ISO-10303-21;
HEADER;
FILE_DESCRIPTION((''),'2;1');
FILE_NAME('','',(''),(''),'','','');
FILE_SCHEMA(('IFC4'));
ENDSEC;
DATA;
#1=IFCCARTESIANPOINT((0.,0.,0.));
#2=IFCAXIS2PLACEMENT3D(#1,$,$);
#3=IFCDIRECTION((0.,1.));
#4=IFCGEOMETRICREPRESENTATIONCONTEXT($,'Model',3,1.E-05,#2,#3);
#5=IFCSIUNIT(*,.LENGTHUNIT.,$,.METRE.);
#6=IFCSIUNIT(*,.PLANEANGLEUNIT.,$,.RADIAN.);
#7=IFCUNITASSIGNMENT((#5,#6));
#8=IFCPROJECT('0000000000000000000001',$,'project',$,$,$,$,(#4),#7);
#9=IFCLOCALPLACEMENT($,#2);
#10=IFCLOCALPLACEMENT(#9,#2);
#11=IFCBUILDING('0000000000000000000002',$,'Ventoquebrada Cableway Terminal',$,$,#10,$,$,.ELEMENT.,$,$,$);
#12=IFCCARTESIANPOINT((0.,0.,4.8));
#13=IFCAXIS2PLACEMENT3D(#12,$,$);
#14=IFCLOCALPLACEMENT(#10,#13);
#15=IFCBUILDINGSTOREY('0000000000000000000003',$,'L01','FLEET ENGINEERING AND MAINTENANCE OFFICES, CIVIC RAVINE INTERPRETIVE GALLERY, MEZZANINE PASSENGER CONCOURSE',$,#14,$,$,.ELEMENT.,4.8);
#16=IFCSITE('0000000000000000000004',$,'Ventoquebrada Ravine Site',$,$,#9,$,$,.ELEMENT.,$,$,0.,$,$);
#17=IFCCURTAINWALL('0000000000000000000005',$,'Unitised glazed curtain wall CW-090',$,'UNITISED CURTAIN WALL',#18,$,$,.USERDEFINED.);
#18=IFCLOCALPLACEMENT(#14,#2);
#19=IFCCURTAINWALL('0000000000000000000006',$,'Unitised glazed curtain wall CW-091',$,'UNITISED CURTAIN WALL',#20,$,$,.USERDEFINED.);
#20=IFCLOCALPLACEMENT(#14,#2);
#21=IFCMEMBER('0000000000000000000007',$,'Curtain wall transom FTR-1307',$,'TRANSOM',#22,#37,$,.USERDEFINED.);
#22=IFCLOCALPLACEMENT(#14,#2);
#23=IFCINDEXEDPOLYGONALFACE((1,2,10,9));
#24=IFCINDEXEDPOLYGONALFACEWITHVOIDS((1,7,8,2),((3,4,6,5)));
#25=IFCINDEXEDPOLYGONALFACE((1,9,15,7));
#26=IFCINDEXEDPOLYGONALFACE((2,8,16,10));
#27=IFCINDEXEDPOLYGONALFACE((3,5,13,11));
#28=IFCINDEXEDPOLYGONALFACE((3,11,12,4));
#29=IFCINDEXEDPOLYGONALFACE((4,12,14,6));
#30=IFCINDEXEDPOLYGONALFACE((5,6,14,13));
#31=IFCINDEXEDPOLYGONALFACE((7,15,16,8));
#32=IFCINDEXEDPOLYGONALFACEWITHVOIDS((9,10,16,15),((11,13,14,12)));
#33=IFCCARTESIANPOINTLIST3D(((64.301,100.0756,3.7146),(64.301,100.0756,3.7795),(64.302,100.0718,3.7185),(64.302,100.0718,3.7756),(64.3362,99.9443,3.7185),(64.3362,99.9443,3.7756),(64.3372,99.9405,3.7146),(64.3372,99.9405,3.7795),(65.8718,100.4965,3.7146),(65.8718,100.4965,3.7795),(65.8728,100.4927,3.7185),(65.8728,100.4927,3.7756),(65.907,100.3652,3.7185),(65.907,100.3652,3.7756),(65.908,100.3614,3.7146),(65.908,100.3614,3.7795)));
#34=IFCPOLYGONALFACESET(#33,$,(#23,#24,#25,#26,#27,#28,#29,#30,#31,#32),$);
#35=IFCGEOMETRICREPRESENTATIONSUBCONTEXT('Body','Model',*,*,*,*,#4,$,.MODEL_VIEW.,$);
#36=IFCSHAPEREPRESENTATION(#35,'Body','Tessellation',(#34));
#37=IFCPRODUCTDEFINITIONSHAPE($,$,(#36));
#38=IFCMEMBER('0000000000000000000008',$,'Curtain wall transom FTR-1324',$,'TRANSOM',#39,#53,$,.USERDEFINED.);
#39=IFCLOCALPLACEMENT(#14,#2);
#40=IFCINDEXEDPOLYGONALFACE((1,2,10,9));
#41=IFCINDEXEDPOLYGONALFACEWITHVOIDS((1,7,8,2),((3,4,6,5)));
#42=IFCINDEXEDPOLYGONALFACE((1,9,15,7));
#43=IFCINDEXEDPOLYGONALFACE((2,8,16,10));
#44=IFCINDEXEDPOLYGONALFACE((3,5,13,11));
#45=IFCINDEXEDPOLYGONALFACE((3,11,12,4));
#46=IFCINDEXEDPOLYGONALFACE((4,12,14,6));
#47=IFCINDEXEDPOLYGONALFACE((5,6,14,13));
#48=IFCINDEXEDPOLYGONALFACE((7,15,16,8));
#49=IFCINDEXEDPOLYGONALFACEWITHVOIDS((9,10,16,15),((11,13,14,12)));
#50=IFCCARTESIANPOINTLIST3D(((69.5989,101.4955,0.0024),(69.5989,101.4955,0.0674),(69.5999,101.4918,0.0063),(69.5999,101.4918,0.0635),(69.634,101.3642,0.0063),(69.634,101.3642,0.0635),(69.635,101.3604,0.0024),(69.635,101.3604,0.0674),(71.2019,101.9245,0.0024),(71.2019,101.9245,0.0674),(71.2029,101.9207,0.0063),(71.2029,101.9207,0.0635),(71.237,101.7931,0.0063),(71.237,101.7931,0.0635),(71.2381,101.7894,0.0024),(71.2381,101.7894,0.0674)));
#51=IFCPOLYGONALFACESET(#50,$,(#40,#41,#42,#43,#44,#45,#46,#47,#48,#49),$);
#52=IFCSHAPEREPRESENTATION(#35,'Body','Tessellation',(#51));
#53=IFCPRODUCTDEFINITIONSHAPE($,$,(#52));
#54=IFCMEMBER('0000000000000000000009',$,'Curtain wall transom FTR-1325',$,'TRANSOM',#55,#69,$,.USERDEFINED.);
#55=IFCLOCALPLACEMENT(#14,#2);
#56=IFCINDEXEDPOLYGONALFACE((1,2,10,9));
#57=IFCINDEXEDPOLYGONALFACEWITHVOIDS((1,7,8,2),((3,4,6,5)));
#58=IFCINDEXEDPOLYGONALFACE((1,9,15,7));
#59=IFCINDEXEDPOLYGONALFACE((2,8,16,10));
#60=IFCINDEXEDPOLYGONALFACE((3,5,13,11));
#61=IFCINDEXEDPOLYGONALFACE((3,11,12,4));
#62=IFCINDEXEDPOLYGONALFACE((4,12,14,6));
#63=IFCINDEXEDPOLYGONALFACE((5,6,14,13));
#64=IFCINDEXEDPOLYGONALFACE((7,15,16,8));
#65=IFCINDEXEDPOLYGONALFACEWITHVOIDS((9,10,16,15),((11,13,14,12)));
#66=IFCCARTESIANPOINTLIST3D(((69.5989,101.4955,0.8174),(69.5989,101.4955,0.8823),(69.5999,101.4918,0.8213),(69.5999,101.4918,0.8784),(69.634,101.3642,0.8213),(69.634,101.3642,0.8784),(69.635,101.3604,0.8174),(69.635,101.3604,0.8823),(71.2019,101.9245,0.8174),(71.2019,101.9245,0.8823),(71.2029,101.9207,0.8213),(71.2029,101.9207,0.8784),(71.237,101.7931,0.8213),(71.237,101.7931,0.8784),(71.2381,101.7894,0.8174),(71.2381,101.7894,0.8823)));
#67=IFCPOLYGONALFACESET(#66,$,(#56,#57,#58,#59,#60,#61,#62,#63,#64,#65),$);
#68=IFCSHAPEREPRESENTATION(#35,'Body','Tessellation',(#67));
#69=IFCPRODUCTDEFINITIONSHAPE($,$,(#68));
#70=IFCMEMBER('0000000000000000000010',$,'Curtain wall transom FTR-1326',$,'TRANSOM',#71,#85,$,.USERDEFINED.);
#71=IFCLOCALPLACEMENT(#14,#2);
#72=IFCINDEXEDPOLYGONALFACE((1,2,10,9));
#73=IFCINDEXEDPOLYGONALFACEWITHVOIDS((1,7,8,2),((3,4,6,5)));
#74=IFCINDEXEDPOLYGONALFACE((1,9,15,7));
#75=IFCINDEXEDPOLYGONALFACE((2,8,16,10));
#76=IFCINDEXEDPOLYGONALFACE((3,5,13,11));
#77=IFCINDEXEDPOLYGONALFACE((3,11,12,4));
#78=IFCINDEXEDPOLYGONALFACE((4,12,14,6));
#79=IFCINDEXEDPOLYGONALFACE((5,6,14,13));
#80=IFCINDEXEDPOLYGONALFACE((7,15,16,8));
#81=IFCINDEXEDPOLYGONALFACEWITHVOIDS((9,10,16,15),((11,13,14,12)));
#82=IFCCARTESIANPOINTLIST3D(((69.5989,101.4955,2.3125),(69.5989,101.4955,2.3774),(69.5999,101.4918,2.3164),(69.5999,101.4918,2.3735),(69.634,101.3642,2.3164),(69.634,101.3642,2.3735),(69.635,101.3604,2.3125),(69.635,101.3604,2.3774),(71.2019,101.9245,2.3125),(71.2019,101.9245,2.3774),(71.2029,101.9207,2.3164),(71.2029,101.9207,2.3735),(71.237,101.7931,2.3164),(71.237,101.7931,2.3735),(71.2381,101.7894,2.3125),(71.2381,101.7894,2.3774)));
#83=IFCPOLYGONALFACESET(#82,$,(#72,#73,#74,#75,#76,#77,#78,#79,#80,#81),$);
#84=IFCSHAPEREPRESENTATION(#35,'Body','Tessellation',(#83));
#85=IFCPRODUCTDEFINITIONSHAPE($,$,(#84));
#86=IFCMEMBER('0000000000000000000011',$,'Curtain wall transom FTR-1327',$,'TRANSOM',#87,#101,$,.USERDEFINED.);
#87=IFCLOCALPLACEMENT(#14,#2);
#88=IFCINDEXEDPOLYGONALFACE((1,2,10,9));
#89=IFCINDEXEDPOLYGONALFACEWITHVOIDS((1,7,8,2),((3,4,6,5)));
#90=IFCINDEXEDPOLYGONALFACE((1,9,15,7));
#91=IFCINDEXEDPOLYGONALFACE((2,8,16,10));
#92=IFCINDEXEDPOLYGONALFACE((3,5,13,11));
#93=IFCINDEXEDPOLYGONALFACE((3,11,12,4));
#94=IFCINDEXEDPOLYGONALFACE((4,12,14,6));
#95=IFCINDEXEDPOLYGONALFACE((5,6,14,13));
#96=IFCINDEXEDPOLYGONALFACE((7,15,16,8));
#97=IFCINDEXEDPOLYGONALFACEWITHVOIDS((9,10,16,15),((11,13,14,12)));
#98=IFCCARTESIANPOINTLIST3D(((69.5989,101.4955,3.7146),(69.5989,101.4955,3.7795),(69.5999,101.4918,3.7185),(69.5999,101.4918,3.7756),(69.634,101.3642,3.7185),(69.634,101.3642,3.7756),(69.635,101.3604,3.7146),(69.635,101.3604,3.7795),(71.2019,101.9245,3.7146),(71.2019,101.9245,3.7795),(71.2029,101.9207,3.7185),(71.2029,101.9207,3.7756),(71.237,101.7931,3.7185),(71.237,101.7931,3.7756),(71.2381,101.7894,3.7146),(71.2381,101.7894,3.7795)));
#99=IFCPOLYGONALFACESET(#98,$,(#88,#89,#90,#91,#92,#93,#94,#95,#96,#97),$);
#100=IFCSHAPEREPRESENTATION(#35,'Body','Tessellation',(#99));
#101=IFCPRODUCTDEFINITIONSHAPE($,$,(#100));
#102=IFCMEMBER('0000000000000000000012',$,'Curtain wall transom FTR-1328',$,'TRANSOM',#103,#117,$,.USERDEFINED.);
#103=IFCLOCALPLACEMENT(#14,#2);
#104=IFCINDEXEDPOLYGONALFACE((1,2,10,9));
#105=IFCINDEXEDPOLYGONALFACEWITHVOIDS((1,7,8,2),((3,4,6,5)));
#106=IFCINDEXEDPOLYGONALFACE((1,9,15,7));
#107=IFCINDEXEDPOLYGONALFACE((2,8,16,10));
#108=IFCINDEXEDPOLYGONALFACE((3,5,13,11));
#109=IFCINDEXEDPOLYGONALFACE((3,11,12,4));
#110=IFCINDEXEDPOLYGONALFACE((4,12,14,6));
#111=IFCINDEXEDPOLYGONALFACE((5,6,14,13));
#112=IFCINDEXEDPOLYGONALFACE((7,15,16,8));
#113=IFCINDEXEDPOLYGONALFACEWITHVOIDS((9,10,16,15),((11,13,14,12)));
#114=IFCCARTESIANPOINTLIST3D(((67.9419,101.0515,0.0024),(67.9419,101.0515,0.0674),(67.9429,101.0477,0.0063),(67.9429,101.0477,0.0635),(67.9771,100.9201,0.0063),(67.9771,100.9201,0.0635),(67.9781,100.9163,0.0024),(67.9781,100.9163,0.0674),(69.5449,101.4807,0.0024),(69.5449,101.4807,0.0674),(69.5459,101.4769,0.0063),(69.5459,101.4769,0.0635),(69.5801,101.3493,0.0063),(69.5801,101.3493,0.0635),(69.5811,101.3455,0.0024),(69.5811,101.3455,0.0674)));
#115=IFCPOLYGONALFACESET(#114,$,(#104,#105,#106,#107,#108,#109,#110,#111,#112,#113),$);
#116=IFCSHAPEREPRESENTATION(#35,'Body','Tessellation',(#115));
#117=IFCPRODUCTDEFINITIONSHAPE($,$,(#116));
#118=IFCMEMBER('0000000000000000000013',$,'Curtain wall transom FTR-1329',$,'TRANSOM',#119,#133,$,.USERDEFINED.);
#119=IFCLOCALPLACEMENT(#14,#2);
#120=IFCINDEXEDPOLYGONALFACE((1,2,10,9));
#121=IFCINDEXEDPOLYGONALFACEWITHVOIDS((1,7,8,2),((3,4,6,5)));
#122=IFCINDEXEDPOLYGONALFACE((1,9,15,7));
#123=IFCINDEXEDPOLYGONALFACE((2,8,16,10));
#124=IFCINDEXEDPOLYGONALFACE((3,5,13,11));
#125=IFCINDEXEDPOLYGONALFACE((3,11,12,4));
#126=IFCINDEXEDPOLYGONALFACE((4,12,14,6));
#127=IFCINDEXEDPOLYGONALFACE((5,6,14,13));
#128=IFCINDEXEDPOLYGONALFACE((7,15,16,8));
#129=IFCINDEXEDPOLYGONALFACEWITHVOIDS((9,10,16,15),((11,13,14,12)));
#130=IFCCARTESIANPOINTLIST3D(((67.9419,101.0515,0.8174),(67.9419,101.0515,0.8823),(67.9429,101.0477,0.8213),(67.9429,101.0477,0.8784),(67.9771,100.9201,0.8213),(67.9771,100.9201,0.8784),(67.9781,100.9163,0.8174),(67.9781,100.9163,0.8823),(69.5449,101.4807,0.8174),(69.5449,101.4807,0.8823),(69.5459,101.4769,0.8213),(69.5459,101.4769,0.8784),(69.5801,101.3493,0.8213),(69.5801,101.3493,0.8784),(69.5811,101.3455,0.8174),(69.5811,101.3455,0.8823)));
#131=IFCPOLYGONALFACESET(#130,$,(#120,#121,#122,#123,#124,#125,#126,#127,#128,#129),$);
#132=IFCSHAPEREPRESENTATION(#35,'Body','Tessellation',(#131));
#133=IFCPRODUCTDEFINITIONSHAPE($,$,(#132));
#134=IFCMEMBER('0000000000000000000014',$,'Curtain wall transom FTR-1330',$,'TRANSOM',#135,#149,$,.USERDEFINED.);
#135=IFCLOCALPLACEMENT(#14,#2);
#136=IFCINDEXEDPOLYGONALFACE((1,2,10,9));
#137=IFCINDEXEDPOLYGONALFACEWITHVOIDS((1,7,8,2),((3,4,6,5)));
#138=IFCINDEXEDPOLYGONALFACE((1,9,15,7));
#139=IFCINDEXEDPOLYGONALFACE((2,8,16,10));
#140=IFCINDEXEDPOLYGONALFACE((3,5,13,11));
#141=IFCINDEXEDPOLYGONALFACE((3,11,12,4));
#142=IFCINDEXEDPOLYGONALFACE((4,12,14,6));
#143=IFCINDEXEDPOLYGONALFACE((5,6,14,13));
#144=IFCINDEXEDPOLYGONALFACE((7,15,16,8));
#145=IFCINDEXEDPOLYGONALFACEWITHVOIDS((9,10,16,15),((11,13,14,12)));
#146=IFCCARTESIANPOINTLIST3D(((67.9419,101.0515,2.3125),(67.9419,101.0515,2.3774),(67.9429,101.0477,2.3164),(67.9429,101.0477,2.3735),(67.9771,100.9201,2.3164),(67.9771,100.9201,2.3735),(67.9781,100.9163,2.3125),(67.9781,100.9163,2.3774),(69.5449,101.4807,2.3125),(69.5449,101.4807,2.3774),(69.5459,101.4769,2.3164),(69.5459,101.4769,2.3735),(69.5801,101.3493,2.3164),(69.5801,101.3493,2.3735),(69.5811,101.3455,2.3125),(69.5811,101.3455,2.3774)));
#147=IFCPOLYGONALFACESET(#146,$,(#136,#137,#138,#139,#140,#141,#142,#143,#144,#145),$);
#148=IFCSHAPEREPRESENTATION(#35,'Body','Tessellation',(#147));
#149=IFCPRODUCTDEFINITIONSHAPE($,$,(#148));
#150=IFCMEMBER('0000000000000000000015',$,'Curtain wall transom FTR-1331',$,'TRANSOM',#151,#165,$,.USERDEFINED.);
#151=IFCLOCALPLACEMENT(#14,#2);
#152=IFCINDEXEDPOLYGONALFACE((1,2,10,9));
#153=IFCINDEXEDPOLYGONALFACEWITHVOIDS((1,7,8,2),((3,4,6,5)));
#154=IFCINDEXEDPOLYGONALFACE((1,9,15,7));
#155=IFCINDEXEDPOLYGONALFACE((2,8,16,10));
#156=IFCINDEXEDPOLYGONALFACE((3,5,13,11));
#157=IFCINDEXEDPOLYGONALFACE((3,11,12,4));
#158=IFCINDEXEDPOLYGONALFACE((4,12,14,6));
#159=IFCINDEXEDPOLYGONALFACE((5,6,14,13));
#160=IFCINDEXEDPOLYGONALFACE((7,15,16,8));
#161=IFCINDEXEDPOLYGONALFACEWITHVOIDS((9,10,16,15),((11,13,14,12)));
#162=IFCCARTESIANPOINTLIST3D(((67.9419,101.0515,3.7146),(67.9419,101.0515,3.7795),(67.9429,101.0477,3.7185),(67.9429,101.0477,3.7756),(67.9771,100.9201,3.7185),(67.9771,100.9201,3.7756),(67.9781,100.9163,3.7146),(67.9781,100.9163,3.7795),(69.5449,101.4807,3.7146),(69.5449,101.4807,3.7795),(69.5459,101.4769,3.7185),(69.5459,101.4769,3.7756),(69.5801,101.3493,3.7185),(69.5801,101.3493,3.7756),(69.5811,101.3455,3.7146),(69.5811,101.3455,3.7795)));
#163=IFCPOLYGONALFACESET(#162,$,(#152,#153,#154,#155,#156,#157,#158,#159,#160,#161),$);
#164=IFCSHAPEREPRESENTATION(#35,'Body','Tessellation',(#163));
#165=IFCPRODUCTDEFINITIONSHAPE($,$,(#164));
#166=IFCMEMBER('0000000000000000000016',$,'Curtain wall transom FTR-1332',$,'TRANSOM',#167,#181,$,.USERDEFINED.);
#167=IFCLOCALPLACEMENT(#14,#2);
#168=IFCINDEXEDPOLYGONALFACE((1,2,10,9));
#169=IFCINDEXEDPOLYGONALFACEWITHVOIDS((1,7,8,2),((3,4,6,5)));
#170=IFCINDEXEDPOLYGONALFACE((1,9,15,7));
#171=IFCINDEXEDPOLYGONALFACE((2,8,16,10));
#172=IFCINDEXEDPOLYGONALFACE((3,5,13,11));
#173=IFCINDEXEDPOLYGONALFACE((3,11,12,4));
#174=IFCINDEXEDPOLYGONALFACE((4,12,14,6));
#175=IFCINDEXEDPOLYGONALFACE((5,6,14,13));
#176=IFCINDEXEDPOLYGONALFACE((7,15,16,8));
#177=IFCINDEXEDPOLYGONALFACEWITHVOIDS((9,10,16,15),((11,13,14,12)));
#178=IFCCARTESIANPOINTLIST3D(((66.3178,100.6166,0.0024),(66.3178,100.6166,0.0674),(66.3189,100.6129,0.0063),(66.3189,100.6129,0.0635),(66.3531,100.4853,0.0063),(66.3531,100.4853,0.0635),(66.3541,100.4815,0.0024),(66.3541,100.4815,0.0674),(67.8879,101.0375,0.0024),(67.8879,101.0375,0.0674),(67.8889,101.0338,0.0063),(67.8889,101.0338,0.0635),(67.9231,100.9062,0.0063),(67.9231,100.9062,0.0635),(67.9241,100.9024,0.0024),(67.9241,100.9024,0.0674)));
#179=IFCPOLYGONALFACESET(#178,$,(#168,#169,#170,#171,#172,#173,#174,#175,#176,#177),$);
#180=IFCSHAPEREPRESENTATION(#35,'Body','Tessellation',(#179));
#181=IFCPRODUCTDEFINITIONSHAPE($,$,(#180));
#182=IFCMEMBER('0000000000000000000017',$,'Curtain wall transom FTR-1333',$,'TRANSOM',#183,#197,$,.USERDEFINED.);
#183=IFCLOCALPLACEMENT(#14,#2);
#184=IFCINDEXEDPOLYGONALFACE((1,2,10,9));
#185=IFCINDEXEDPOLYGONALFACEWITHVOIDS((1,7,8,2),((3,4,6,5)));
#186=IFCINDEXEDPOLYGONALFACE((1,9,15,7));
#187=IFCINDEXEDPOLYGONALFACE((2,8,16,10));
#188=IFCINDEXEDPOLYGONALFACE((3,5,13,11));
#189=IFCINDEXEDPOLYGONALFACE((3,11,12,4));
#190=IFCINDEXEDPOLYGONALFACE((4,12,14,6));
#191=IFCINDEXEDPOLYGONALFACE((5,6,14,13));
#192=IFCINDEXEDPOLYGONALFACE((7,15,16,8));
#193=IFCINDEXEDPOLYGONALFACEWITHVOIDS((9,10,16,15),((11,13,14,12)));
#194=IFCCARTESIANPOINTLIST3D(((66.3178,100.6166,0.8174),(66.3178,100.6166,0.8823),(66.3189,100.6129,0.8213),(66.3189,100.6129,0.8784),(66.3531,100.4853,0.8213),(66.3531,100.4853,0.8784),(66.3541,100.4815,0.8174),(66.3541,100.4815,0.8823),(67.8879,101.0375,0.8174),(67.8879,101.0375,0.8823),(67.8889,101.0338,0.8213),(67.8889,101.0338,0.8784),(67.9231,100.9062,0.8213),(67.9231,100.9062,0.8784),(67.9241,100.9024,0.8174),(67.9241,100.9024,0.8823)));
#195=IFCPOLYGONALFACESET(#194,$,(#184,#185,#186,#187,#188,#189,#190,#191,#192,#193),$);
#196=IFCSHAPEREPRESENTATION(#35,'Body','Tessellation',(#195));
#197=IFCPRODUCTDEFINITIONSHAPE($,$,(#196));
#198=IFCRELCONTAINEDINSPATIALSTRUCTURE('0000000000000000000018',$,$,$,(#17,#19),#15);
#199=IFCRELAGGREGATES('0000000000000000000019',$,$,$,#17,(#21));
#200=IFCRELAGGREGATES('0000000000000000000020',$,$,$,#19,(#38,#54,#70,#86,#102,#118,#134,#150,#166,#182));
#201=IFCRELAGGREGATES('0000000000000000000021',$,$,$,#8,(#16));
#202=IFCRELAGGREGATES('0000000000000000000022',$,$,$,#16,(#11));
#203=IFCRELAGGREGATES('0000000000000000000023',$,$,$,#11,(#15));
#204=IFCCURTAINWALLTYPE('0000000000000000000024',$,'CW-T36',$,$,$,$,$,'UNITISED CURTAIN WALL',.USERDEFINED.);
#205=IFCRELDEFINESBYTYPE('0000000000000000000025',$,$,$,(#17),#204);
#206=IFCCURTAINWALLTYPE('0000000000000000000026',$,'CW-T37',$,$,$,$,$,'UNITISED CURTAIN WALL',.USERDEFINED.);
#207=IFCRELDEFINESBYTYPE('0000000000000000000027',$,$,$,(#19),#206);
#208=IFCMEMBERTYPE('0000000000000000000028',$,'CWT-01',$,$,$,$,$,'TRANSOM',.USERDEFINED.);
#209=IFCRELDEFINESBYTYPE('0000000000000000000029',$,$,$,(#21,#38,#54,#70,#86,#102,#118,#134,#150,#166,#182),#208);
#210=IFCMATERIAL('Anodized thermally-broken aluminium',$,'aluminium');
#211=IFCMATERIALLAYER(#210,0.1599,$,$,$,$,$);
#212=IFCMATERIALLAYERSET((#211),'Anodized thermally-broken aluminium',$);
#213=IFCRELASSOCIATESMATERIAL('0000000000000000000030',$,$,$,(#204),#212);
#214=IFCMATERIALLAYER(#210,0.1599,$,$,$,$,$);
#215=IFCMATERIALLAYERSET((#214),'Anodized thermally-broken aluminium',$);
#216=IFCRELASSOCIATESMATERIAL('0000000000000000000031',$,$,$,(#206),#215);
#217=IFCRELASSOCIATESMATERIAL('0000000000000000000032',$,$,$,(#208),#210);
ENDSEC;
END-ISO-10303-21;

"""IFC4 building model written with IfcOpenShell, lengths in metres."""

from ifc_helpers import new_model, si_unit, direction, frame, origin, origin_2d, place, context, subcontext, project, spatial, hollow_rectangle, extrude, material, layer, layer_set, material_profile, profile_set, type_object, element, aggregate, save


model = new_model("IFC4")

# Units and contexts
model_context = context("Model", 3, precision=1e-05, world=origin(), true_north=direction((0.0, 1.0)))
body_context = subcontext(model_context, "Body", "Model", "MODEL_VIEW")
ifc_project = project(units=[si_unit("LENGTHUNIT", "METRE"), si_unit("PLANEANGLEUNIT", "RADIAN")], contexts=[model_context])

# Site, building, storey
site_placement = place(None, origin())
site = spatial("IfcSite", under=ifc_project, at=site_placement, Name="Ventoquebrada Ravine Site", CompositionType="ELEMENT", RefElevation=0.0)
building_placement = place(site_placement, origin())
building = spatial("IfcBuilding", under=site, at=building_placement, Name="Ventoquebrada Cableway Terminal", CompositionType="ELEMENT")
storey_placement = place(building_placement, frame((0.0, 0.0, 4.8)))
storey = spatial("IfcBuildingStorey", under=building, at=storey_placement, Name="L01", Description="FLEET ENGINEERING AND MAINTENANCE OFFICES, CIVIC RAVINE INTERPRETIVE GALLERY, MEZZANINE PASSENGER CONCOURSE", CompositionType="ELEMENT", Elevation=4.8)

# Curtain wall
ifc_material_1 = material(Name="Anodized thermally-broken aluminium", Category="aluminium")
ifc_layer_1 = layer(ifc_material_1, 0.1599)
ifc_layer_set_1 = layer_set([ifc_layer_1], Name="Anodized thermally-broken aluminium")
curtain_wall_type_1 = type_object("IfcCurtainWallType", Name="CW-T36", ElementType="UNITISED CURTAIN WALL", PredefinedType="USERDEFINED", material=ifc_layer_set_1)
curtain_wall_1_placement = place(storey_placement, origin())
curtain_wall_1 = element("IfcCurtainWall", 1, at=curtain_wall_1_placement, inside=storey, type_object=curtain_wall_type_1, Name="Unitised glazed curtain wall CW-090", ObjectType="UNITISED CURTAIN WALL", PredefinedType="USERDEFINED")

# Curtain wall
ifc_layer_2 = layer(ifc_material_1, 0.1599)
ifc_layer_set_2 = layer_set([ifc_layer_2], Name="Anodized thermally-broken aluminium")
curtain_wall_type_2 = type_object("IfcCurtainWallType", Name="CW-T37", ElementType="UNITISED CURTAIN WALL", PredefinedType="USERDEFINED", material=ifc_layer_set_2)
curtain_wall_2_placement = place(storey_placement, origin())
curtain_wall_2 = element("IfcCurtainWall", 2, at=curtain_wall_2_placement, inside=storey, type_object=curtain_wall_type_2, Name="Unitised glazed curtain wall CW-091", ObjectType="UNITISED CURTAIN WALL", PredefinedType="USERDEFINED")

# Members
ifc_material_profile_1 = material_profile(ifc_material_1, hollow_rectangle(XDim=0.0649, YDim=0.1399, WallThickness=0.0039, at=origin_2d()), Name="CW-TRN-65X140")
ifc_profile_set_1 = profile_set([ifc_material_profile_1], Name="Anodized thermally-broken aluminium")
member_type_1 = type_object("IfcMemberType", Name="CWT-01", ElementType="TRANSOM", PredefinedType="USERDEFINED", material=ifc_profile_set_1)
member_1_placement = place(storey_placement, frame((65.8899, 100.429, 3.7471), z_axis=(-0.965925, -0.258821, 0.0), x_axis=(0.0, 0.0, 1.0)))
member_1 = element("IfcMember", 3, at=member_1_placement, type_object=member_type_1, Name="Curtain wall transom FTR-1307", ObjectType="TRANSOM", PredefinedType="USERDEFINED", context=body_context, shape_type="SweptSolid", body=[
    extrude(hollow_rectangle(XDim=0.0649, YDim=0.1399, WallThickness=0.0039, at=origin_2d()), origin(), (0.0, 0.0, 1.0), 1.6262),
])
member_2_placement = place(storey_placement, frame((71.22, 101.8569, 0.0349), z_axis=(-0.966012, -0.258496, 0.0), x_axis=(0.0, 0.0, 1.0)))
member_2 = element("IfcMember", 4, at=member_2_placement, type_object=member_type_1, Name="Curtain wall transom FTR-1324", ObjectType="TRANSOM", PredefinedType="USERDEFINED", context=body_context, shape_type="SweptSolid", body=[
    extrude(hollow_rectangle(XDim=0.0649, YDim=0.1399, WallThickness=0.0039, at=origin_2d()), origin(), (0.0, 0.0, 1.0), 1.6594),
])
member_3_placement = place(storey_placement, frame((71.22, 101.8569, 0.8499), z_axis=(-0.966012, -0.258496, 0.0), x_axis=(0.0, 0.0, 1.0)))
member_3 = element("IfcMember", 5, at=member_3_placement, type_object=member_type_1, Name="Curtain wall transom FTR-1325", ObjectType="TRANSOM", PredefinedType="USERDEFINED", context=body_context, shape_type="SweptSolid", body=[
    extrude(hollow_rectangle(XDim=0.0649, YDim=0.1399, WallThickness=0.0039, at=origin_2d()), origin(), (0.0, 0.0, 1.0), 1.6594),
])
member_4_placement = place(storey_placement, frame((71.22, 101.8569, 2.345), z_axis=(-0.966012, -0.258496, 0.0), x_axis=(0.0, 0.0, 1.0)))
member_4 = element("IfcMember", 6, at=member_4_placement, type_object=member_type_1, Name="Curtain wall transom FTR-1326", ObjectType="TRANSOM", PredefinedType="USERDEFINED", context=body_context, shape_type="SweptSolid", body=[
    extrude(hollow_rectangle(XDim=0.0649, YDim=0.1399, WallThickness=0.0039, at=origin_2d()), origin(), (0.0, 0.0, 1.0), 1.6594),
])
member_5_placement = place(storey_placement, frame((71.22, 101.8569, 3.7471), z_axis=(-0.966012, -0.258496, 0.0), x_axis=(0.0, 0.0, 1.0)))
member_5 = element("IfcMember", 7, at=member_5_placement, type_object=member_type_1, Name="Curtain wall transom FTR-1327", ObjectType="TRANSOM", PredefinedType="USERDEFINED", context=body_context, shape_type="SweptSolid", body=[
    extrude(hollow_rectangle(XDim=0.0649, YDim=0.1399, WallThickness=0.0039, at=origin_2d()), origin(), (0.0, 0.0, 1.0), 1.6594),
])
member_6_placement = place(storey_placement, frame((69.563, 101.4131, 0.0349), z_axis=(-0.965976, -0.258633, 0.0), x_axis=(0.0, 0.0, 1.0)))
member_6 = element("IfcMember", 8, at=member_6_placement, type_object=member_type_1, Name="Curtain wall transom FTR-1328", ObjectType="TRANSOM", PredefinedType="USERDEFINED", context=body_context, shape_type="SweptSolid", body=[
    extrude(hollow_rectangle(XDim=0.0649, YDim=0.1399, WallThickness=0.0039, at=origin_2d()), origin(), (0.0, 0.0, 1.0), 1.6594),
])
member_7_placement = place(storey_placement, frame((69.563, 101.4131, 0.8499), z_axis=(-0.965976, -0.258633, 0.0), x_axis=(0.0, 0.0, 1.0)))
member_7 = element("IfcMember", 9, at=member_7_placement, type_object=member_type_1, Name="Curtain wall transom FTR-1329", ObjectType="TRANSOM", PredefinedType="USERDEFINED", context=body_context, shape_type="SweptSolid", body=[
    extrude(hollow_rectangle(XDim=0.0649, YDim=0.1399, WallThickness=0.0039, at=origin_2d()), origin(), (0.0, 0.0, 1.0), 1.6594),
])
member_8_placement = place(storey_placement, frame((69.563, 101.4131, 2.345), z_axis=(-0.965976, -0.258633, 0.0), x_axis=(0.0, 0.0, 1.0)))
member_8 = element("IfcMember", 10, at=member_8_placement, type_object=member_type_1, Name="Curtain wall transom FTR-1330", ObjectType="TRANSOM", PredefinedType="USERDEFINED", context=body_context, shape_type="SweptSolid", body=[
    extrude(hollow_rectangle(XDim=0.0649, YDim=0.1399, WallThickness=0.0039, at=origin_2d()), origin(), (0.0, 0.0, 1.0), 1.6594),
])
member_9_placement = place(storey_placement, frame((69.563, 101.4131, 3.7471), z_axis=(-0.965976, -0.258633, 0.0), x_axis=(0.0, 0.0, 1.0)))
member_9 = element("IfcMember", 11, at=member_9_placement, type_object=member_type_1, Name="Curtain wall transom FTR-1331", ObjectType="TRANSOM", PredefinedType="USERDEFINED", context=body_context, shape_type="SweptSolid", body=[
    extrude(hollow_rectangle(XDim=0.0649, YDim=0.1399, WallThickness=0.0039, at=origin_2d()), origin(), (0.0, 0.0, 1.0), 1.6594),
])
member_10_placement = place(storey_placement, frame((67.906, 100.97, 0.0349), z_axis=(-0.965895, -0.258934, 0.0), x_axis=(0.0, 0.0, 1.0)))
member_10 = element("IfcMember", 12, at=member_10_placement, type_object=member_type_1, Name="Curtain wall transom FTR-1332", ObjectType="TRANSOM", PredefinedType="USERDEFINED", context=body_context, shape_type="SweptSolid", body=[
    extrude(hollow_rectangle(XDim=0.0649, YDim=0.1399, WallThickness=0.0039, at=origin_2d()), origin(), (0.0, 0.0, 1.0), 1.6255),
])
member_11_placement = place(storey_placement, frame((67.906, 100.97, 0.8499), z_axis=(-0.965895, -0.258934, 0.0), x_axis=(0.0, 0.0, 1.0)))
member_11 = element("IfcMember", 13, at=member_11_placement, type_object=member_type_1, Name="Curtain wall transom FTR-1333", ObjectType="TRANSOM", PredefinedType="USERDEFINED", context=body_context, shape_type="SweptSolid", body=[
    extrude(hollow_rectangle(XDim=0.0649, YDim=0.1399, WallThickness=0.0039, at=origin_2d()), origin(), (0.0, 0.0, 1.0), 1.6255),
])

aggregate(curtain_wall_1, [member_1])
aggregate(curtain_wall_2, [member_2, member_3, member_4, member_5, member_6, member_7, member_8, member_9, member_10, member_11])

save(model, "model.ifc")
